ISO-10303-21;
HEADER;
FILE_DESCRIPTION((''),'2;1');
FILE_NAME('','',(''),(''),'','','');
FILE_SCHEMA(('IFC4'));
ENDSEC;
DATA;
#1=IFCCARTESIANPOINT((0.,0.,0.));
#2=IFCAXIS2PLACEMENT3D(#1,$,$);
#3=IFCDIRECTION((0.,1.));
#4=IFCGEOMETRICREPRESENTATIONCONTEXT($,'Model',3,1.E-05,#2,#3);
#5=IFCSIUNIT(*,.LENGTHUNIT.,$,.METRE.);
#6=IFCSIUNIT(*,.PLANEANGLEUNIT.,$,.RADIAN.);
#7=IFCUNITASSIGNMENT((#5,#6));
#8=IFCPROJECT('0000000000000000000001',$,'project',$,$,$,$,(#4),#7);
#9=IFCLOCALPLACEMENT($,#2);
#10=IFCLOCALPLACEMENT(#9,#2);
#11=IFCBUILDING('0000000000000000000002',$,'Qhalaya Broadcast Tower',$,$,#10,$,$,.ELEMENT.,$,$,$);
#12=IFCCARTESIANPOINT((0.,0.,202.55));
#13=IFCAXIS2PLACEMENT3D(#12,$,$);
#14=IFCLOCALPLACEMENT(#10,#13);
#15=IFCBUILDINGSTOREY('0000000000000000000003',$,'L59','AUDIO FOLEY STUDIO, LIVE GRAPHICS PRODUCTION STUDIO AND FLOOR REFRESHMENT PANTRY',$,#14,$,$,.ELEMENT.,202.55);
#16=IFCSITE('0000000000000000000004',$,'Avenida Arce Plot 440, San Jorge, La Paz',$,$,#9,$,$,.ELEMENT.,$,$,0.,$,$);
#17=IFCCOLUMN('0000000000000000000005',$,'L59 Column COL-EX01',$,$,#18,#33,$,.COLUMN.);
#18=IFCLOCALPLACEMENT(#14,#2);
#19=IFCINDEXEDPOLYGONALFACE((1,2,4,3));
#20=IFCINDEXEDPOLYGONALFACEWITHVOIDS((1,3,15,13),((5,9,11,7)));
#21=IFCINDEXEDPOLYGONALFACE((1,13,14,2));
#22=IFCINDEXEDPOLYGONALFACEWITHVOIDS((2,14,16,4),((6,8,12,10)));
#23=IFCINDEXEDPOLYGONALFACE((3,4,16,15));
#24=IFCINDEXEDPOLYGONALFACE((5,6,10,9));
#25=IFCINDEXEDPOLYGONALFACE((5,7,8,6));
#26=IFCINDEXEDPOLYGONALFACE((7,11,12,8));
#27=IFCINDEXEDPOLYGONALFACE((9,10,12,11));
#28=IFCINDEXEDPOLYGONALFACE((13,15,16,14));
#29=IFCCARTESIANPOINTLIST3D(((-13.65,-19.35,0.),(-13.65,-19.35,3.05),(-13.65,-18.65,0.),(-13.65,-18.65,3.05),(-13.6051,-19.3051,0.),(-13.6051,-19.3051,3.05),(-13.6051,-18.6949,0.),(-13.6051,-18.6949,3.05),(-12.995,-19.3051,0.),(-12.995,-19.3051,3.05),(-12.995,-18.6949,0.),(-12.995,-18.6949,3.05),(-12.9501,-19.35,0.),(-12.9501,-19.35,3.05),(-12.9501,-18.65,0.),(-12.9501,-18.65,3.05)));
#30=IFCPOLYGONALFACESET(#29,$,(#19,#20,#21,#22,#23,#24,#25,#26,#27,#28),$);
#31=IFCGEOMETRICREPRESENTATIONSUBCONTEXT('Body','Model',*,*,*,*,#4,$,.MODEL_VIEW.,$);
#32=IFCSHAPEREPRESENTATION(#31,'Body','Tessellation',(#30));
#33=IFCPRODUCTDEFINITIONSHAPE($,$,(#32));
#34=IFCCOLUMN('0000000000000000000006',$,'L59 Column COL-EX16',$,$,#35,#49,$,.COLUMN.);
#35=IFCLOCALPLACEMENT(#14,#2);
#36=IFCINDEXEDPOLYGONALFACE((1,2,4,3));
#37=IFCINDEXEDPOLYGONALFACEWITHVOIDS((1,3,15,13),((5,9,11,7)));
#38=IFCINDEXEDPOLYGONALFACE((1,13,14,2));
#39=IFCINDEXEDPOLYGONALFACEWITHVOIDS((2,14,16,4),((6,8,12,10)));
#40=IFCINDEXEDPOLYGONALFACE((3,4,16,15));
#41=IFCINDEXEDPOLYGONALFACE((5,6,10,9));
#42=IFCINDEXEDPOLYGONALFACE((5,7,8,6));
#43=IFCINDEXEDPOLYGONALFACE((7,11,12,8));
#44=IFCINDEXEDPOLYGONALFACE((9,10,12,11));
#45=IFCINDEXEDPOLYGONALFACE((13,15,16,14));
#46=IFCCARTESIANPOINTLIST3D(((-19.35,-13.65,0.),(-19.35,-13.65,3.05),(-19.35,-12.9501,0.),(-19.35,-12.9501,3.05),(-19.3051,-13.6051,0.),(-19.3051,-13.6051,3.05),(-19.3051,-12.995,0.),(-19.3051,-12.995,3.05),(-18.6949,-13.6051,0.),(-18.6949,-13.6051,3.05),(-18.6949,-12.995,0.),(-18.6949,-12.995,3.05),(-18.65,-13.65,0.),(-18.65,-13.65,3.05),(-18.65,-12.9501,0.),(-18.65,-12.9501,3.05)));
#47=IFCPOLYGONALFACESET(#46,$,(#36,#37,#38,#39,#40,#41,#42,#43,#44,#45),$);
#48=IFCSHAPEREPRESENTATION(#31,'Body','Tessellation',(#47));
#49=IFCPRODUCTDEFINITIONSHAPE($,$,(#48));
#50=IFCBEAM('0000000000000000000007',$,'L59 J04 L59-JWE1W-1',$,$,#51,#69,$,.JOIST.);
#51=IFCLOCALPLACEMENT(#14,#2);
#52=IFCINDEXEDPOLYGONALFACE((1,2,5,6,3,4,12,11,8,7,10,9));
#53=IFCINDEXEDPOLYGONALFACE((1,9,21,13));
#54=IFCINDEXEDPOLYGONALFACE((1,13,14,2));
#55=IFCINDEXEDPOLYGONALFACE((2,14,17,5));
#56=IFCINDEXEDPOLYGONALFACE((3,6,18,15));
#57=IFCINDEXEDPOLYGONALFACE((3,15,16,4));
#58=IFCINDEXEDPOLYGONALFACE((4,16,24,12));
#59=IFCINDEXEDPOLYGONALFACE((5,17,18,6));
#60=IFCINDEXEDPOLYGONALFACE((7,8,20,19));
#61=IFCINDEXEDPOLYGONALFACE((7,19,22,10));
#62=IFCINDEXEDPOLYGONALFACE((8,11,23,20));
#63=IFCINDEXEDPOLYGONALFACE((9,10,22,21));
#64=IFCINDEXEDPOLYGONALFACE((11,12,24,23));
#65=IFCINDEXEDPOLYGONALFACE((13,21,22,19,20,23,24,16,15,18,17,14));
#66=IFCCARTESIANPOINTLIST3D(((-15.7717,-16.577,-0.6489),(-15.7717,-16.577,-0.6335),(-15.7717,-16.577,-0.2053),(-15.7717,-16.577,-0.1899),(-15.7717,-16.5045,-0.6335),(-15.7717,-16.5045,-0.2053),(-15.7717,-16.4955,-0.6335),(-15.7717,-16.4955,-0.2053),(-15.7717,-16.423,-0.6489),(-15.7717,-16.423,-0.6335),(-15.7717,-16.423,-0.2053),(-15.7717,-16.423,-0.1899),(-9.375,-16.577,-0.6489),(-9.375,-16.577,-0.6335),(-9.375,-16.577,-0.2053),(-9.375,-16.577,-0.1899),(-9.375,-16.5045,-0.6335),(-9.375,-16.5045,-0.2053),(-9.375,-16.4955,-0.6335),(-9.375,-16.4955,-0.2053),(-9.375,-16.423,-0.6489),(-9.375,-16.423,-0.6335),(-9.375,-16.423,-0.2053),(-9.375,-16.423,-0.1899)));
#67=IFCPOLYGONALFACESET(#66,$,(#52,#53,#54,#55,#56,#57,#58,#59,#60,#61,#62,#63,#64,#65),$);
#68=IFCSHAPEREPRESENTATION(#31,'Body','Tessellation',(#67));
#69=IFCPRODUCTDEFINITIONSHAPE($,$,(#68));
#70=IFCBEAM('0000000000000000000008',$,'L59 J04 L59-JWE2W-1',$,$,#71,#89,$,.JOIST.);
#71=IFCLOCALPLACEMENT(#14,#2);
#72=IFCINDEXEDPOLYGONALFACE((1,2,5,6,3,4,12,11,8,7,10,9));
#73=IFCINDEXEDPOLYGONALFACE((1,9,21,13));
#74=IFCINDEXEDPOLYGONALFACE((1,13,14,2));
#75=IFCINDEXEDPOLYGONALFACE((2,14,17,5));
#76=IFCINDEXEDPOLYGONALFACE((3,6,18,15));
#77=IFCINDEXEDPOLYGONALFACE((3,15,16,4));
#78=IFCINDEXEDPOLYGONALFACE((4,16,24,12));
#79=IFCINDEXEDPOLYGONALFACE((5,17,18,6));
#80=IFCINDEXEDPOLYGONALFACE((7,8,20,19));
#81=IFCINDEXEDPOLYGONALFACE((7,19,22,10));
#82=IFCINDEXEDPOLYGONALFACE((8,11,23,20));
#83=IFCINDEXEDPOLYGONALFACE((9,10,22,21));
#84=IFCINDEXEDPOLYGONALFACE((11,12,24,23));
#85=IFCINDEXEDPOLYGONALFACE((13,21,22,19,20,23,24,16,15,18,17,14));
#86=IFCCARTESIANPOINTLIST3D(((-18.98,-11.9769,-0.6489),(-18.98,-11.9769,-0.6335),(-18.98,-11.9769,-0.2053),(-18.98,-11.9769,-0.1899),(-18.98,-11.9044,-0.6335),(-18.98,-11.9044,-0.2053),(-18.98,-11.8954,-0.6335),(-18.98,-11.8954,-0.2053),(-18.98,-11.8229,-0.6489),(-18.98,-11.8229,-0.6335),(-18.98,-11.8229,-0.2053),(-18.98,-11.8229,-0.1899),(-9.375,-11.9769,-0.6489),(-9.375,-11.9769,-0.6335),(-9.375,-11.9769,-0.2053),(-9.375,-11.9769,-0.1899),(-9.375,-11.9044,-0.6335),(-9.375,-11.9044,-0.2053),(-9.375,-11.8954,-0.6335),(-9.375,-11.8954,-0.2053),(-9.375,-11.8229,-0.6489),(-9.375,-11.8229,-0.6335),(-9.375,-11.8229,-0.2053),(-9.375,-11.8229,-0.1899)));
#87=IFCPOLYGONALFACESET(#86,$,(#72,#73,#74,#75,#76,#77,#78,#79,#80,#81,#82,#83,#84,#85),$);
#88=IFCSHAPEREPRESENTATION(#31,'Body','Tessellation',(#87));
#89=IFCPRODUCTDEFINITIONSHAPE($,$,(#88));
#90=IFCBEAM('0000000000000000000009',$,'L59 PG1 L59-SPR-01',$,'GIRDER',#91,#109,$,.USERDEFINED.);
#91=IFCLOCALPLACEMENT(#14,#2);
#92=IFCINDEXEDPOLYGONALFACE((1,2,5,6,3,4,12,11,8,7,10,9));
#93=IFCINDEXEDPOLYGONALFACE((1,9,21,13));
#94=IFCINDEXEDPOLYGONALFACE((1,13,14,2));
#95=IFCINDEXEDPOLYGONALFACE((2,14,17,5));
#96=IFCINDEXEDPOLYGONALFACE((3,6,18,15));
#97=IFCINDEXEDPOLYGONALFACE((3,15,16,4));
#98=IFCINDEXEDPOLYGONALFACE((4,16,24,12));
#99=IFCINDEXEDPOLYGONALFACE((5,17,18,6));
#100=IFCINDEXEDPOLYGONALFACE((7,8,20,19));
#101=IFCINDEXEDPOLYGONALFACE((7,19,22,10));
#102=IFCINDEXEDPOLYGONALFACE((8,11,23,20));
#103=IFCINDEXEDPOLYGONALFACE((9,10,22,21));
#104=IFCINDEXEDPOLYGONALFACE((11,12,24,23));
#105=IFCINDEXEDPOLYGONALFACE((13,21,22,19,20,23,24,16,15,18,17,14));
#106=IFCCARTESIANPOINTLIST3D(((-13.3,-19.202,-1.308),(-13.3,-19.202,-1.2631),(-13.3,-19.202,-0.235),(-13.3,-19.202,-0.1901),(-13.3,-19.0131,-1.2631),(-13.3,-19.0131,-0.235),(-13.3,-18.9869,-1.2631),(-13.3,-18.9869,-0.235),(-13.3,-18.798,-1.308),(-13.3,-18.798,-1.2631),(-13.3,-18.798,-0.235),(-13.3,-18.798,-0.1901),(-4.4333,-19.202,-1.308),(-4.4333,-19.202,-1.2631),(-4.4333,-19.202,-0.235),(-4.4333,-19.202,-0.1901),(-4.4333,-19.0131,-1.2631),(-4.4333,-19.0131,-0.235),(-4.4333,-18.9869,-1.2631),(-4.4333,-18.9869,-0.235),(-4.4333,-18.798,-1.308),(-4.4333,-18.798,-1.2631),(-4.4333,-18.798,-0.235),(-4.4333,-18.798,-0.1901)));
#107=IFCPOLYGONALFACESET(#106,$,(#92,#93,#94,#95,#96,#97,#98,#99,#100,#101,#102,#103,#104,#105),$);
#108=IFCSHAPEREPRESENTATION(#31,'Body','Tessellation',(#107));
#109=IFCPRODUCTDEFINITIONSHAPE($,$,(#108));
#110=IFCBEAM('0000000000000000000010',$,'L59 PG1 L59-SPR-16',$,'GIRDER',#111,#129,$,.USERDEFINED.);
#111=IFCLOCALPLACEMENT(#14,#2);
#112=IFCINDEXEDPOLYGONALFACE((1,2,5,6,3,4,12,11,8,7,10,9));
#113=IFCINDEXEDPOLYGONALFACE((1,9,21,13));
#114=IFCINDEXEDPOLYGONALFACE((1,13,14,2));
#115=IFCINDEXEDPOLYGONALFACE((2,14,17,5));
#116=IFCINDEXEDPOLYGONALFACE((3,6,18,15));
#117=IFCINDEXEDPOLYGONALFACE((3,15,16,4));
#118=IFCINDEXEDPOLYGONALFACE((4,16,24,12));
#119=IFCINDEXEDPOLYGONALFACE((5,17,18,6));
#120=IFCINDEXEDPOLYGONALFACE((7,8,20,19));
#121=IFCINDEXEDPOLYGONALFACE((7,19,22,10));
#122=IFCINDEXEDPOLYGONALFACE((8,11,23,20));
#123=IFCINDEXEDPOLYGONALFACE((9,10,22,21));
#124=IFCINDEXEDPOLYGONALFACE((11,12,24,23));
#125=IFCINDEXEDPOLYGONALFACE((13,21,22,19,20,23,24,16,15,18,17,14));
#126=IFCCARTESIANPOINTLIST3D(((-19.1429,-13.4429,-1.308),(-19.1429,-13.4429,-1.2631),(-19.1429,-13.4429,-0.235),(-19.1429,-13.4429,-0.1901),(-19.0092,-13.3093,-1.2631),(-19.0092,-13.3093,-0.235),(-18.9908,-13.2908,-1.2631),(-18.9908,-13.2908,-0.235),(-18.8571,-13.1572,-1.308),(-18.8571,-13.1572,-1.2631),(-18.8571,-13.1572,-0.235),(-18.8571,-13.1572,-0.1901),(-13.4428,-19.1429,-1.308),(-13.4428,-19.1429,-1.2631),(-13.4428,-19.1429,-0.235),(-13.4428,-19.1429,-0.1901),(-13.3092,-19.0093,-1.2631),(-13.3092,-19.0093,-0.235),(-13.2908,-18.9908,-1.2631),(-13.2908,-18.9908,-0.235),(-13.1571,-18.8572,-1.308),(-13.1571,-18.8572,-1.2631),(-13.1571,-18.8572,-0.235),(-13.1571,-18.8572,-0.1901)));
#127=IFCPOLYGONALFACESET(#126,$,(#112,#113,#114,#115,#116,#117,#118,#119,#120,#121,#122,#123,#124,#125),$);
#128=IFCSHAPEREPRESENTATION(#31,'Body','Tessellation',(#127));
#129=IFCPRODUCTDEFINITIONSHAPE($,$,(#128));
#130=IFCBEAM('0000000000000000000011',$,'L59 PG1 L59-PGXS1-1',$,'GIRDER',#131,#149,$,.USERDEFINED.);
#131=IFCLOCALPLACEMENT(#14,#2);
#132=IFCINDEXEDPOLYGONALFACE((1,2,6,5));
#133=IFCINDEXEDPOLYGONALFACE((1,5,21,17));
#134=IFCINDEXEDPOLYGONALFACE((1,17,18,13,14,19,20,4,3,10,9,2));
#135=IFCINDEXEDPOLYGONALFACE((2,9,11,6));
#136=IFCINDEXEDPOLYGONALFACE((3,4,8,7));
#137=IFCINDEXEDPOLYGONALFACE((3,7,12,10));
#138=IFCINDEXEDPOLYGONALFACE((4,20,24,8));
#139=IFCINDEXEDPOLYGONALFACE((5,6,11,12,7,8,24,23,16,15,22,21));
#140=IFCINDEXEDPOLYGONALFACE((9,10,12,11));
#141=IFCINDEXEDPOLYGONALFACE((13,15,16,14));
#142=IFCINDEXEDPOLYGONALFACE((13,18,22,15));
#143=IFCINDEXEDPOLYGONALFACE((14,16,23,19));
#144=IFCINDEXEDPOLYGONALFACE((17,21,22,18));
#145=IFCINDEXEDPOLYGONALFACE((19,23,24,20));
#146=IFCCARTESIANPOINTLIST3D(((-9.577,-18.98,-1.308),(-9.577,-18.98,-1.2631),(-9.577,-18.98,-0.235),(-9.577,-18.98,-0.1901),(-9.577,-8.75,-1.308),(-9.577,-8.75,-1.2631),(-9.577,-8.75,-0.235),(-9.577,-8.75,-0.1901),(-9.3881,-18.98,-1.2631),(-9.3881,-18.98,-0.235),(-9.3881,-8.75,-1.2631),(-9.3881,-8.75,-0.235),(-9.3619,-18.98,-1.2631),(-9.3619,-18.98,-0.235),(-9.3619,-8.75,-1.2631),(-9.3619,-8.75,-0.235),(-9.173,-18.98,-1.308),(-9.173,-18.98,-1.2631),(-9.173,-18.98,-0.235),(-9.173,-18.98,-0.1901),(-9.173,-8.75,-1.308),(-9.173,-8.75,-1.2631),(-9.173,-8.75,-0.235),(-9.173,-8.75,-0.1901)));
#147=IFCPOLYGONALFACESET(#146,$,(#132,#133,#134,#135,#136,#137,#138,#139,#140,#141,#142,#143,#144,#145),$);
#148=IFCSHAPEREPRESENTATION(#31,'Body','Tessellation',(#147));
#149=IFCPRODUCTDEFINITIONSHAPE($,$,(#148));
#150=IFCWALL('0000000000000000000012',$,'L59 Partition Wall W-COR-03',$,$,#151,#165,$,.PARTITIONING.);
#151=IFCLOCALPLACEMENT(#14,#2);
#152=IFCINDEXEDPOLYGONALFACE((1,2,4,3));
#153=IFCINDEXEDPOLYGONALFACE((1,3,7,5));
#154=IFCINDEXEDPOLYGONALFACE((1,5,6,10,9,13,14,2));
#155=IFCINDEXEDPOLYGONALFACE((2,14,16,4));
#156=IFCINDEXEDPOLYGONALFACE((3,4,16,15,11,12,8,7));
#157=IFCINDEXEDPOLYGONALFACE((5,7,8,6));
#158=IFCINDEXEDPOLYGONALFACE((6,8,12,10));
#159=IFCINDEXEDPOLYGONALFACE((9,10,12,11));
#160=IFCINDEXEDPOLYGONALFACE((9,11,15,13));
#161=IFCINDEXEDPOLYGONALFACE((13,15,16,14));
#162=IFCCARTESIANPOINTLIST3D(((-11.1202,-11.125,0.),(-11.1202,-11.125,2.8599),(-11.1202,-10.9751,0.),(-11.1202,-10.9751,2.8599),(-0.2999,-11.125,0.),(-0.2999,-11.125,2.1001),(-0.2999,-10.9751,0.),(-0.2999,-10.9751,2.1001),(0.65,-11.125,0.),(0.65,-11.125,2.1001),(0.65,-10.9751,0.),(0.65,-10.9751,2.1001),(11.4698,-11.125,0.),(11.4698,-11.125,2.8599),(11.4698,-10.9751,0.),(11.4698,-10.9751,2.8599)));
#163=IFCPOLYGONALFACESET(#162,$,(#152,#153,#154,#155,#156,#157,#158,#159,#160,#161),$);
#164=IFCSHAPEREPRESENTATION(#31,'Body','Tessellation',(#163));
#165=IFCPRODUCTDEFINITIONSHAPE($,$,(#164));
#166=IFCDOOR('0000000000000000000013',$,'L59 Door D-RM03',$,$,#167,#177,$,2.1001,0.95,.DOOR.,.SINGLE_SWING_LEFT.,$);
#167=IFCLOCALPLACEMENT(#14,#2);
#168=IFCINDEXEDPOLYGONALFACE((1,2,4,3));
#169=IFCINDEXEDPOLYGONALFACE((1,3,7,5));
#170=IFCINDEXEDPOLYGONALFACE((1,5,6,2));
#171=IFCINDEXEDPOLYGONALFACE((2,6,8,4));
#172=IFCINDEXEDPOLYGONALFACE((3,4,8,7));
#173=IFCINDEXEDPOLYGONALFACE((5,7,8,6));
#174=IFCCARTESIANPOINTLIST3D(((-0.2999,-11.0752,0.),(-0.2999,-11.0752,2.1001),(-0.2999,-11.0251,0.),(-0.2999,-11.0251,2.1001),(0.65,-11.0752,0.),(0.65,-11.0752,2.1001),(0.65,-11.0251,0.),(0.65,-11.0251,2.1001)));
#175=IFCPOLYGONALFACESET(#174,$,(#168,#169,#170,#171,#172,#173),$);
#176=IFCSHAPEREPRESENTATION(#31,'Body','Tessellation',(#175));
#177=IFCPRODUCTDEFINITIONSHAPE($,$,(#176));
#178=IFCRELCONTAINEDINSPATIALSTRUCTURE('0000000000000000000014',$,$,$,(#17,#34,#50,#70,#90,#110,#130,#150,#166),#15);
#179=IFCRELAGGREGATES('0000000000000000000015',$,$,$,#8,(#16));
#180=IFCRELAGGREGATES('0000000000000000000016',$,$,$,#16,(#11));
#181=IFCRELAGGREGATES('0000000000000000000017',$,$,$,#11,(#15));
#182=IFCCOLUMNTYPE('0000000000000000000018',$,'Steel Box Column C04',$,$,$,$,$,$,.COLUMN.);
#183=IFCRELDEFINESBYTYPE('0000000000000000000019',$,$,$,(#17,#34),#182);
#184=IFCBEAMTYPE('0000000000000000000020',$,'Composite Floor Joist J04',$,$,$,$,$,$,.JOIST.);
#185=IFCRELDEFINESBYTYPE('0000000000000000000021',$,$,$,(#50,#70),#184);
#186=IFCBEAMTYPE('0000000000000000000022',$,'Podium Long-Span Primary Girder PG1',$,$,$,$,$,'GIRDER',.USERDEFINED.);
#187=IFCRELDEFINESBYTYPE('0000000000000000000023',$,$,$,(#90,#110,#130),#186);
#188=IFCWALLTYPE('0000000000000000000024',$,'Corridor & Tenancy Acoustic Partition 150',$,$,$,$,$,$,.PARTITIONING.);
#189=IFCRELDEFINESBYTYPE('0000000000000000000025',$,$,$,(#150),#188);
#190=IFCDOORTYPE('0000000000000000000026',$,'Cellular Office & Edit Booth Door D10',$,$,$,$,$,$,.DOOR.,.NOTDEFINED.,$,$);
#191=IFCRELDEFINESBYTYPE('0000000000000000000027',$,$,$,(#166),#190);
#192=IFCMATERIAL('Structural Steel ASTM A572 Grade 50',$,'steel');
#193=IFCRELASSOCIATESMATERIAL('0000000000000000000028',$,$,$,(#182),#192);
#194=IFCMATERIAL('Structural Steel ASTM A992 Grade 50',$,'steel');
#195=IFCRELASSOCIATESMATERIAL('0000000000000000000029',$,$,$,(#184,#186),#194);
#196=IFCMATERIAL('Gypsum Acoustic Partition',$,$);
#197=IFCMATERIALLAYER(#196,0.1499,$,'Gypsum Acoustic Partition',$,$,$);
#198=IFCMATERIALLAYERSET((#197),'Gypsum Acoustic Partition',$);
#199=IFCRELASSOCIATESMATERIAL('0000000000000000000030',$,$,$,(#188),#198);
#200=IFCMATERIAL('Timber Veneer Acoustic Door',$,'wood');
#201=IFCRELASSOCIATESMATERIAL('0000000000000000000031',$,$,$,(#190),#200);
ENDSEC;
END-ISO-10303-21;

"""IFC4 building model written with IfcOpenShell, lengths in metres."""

from ifc_helpers import new_model, si_unit, direction, frame, frame_2d, origin, origin_2d, place, context, subcontext, project, spatial, rectangle, hollow_rectangle, i_section, extrude, material, layer, layer_set, material_profile, profile_set, type_object, element, fill, save


model = new_model("IFC4")

# Units and contexts
model_context = context("Model", 3, precision=1e-05, world=origin(), true_north=direction((0.0, 1.0)))
body_context = subcontext(model_context, "Body", "Model", "MODEL_VIEW")
ifc_project = project(units=[si_unit("LENGTHUNIT", "METRE"), si_unit("PLANEANGLEUNIT", "RADIAN")], contexts=[model_context])

# Site, building, storey
site_placement = place(None, origin())
site = spatial("IfcSite", under=ifc_project, at=site_placement, Name="Avenida Arce Plot 440, San Jorge, La Paz", CompositionType="ELEMENT", RefElevation=0.0)
building_placement = place(site_placement, origin())
building = spatial("IfcBuilding", under=site, at=building_placement, Name="Qhalaya Broadcast Tower", CompositionType="ELEMENT")
storey_placement = place(building_placement, frame((0.0, 0.0, 202.55)))
storey = spatial("IfcBuildingStorey", under=building, at=storey_placement, Name="L59", Description="AUDIO FOLEY STUDIO, LIVE GRAPHICS PRODUCTION STUDIO AND FLOOR REFRESHMENT PANTRY", CompositionType="ELEMENT", Elevation=202.55)

# Columns
ifc_material_1 = material(Name="Structural Steel ASTM A572 Grade 50", Category="steel")
ifc_material_profile_1 = material_profile(ifc_material_1, hollow_rectangle(XDim=0.7, YDim=0.7, WallThickness=0.0449, at=origin_2d()), Name="BOX 700x700x45")
ifc_profile_set_1 = profile_set([ifc_material_profile_1], Name="Structural Steel ASTM A572 Grade 50")
column_type = type_object("IfcColumnType", Name="Steel Box Column C04", PredefinedType="COLUMN", material=ifc_profile_set_1)
for number, where, z_axis, x_axis, name in (
    (1, (-13.3, -19.0, 0.0), (0.0, 0.0, 1.0), (1.0, 0.0, 0.0), "L59 Column COL-EX01"),
    (2, (-19.0, -13.3, 0.0), (0.0, 0.0, 1.0), (0.0, 1.0, 0.0), "L59 Column COL-EX16"),
):
    element("IfcColumn", number, at=place(storey_placement, frame(where, z_axis=z_axis, x_axis=x_axis)), inside=storey, type_object=column_type, Name=name, PredefinedType="COLUMN", context=body_context, shape_type="SweptSolid", body=[
        extrude(hollow_rectangle(XDim=0.7, YDim=0.7, WallThickness=0.0449, at=origin_2d()), origin(), (0.0, 0.0, 1.0), 3.05),
    ])

# Beams
ifc_material_2 = material(Name="Structural Steel ASTM A992 Grade 50", Category="steel")
ifc_material_profile_2 = material_profile(ifc_material_2, i_section(OverallWidth=0.1541, OverallDepth=0.459, WebThickness=0.009, FlangeThickness=0.0154, at=origin_2d()), Name="W18X46")
ifc_profile_set_2 = profile_set([ifc_material_profile_2], Name="Structural Steel ASTM A992 Grade 50")
beam_type_1 = type_object("IfcBeamType", Name="Composite Floor Joist J04", PredefinedType="JOIST", material=ifc_profile_set_2)
beam_1_placement = place(storey_placement, frame((-15.7717, -16.5, -0.4194), z_axis=(1.0, 0.0, 0.0), x_axis=(0.0, 1.0, 0.0)))
element("IfcBeam", 3, at=beam_1_placement, inside=storey, type_object=beam_type_1, Name="L59 J04 L59-JWE1W-1", PredefinedType="JOIST", context=body_context, shape_type="SweptSolid", body=[
    extrude(i_section(OverallWidth=0.1541, OverallDepth=0.459, WebThickness=0.009, FlangeThickness=0.0154, at=origin_2d()), origin(), (0.0, 0.0, 1.0), 6.3967),
])
beam_2_placement = place(storey_placement, frame((-18.98, -11.8999, -0.4194), z_axis=(1.0, 0.0, 0.0), x_axis=(0.0, 1.0, 0.0)))
element("IfcBeam", 4, at=beam_2_placement, inside=storey, type_object=beam_type_1, Name="L59 J04 L59-JWE2W-1", PredefinedType="JOIST", context=body_context, shape_type="SweptSolid", body=[
    extrude(i_section(OverallWidth=0.1541, OverallDepth=0.459, WebThickness=0.009, FlangeThickness=0.0154, at=origin_2d()), origin(), (0.0, 0.0, 1.0), 9.605),
])
ifc_material_profile_3 = material_profile(ifc_material_2, i_section(OverallWidth=0.4041, OverallDepth=1.1179, WebThickness=0.0261, FlangeThickness=0.0449, at=origin_2d()), Name="W44X335")
ifc_profile_set_3 = profile_set([ifc_material_profile_3], Name="Structural Steel ASTM A992 Grade 50")
beam_type_2 = type_object("IfcBeamType", Name="Podium Long-Span Primary Girder PG1", ElementType="GIRDER", PredefinedType="USERDEFINED", material=ifc_profile_set_3)
beam_3_placement = place(storey_placement, frame((-13.3, -19.0, -0.749), z_axis=(1.0, 0.0, 0.0), x_axis=(0.0, 1.0, 0.0)))
element("IfcBeam", 5, at=beam_3_placement, inside=storey, type_object=beam_type_2, Name="L59 PG1 L59-SPR-01", ObjectType="GIRDER", PredefinedType="USERDEFINED", context=body_context, shape_type="SweptSolid", body=[
    extrude(i_section(OverallWidth=0.4041, OverallDepth=1.1179, WebThickness=0.0261, FlangeThickness=0.0449, at=origin_2d()), origin(), (0.0, 0.0, 1.0), 8.8667),
])
beam_4_placement = place(storey_placement, frame((-19.0, -13.3, -0.749), z_axis=(0.707107, -0.707107, 0.0), x_axis=(0.707107, 0.707107, 0.0)))
element("IfcBeam", 6, at=beam_4_placement, inside=storey, type_object=beam_type_2, Name="L59 PG1 L59-SPR-16", ObjectType="GIRDER", PredefinedType="USERDEFINED", context=body_context, shape_type="SweptSolid", body=[
    extrude(i_section(OverallWidth=0.4041, OverallDepth=1.1179, WebThickness=0.0261, FlangeThickness=0.0449, at=origin_2d()), origin(), (0.0, 0.0, 1.0), 8.061),
])
beam_5_placement = place(storey_placement, frame((-9.375, -18.98, -0.749), z_axis=(0.0, 1.0, 0.0), x_axis=(-1.0, 0.0, 0.0)))
element("IfcBeam", 7, at=beam_5_placement, inside=storey, type_object=beam_type_2, Name="L59 PG1 L59-PGXS1-1", ObjectType="GIRDER", PredefinedType="USERDEFINED", context=body_context, shape_type="SweptSolid", body=[
    extrude(i_section(OverallWidth=0.4041, OverallDepth=1.1179, WebThickness=0.0261, FlangeThickness=0.0449, at=origin_2d()), origin(), (0.0, 0.0, 1.0), 10.23),
])

# Wall, opening, door
ifc_material_3 = material(Name="Gypsum Acoustic Partition")
ifc_layer_1 = layer(ifc_material_3, 0.1499, Name="Gypsum Acoustic Partition")
ifc_layer_set_1 = layer_set([ifc_layer_1], Name="Gypsum Acoustic Partition")
wall_type_1 = type_object("IfcWallType", Name="Corridor & Tenancy Acoustic Partition 150", PredefinedType="PARTITIONING", material=ifc_layer_set_1)
wall_1_placement = place(storey_placement, frame((-11.1201, -11.05, 0.0), z_axis=(0.0, 0.0, 1.0), x_axis=(1.0, 0.0, 0.0)))
wall_1 = element("IfcWall", 8, at=wall_1_placement, inside=storey, type_object=wall_type_1, Name="L59 Partition Wall W-COR-03", PredefinedType="PARTITIONING", context=body_context, shape_type="SweptSolid", body=[
    extrude(rectangle(XDim=22.5901, YDim=0.1499, at=frame_2d((11.2949, 0.0))), origin(), (0.0, 0.0, 1.0), 2.8599),
])
opening_1_placement = place(wall_1_placement, frame((10.8201, 0.0, 0.0)))
opening_1 = element("IfcOpeningElement", 9, at=opening_1_placement, cuts=wall_1, PredefinedType="OPENING", context=body_context, shape_type="SweptSolid", body=[
    extrude(rectangle(XDim=0.95, YDim=2.1001, at=frame_2d((0.4751, 1.05))), frame((0.0, 0.0869, 0.0), z_axis=(0.0, -1.0, 0.0), x_axis=(1.0, 0.0, 0.0)), (0.0, 0.0, 1.0), 0.1738),
])
ifc_material_4 = material(Name="Timber Veneer Acoustic Door", Category="wood")
door_type = type_object("IfcDoorType", Name="Cellular Office & Edit Booth Door D10", OperationType="NOTDEFINED", PredefinedType="DOOR", material=ifc_material_4)
door_placement = place(opening_1_placement, origin())
door = element("IfcDoor", 10, at=door_placement, inside=storey, type_object=door_type, Name="L59 Door D-RM03", OperationType="SINGLE_SWING_LEFT", OverallHeight=2.1001, OverallWidth=0.95, PredefinedType="DOOR", context=body_context, shape_type="SweptSolid", body=[
    extrude(rectangle(XDim=0.95, YDim=2.1001, at=frame_2d((0.4751, 1.05))), frame((0.0, 0.0249, 0.0), z_axis=(0.0, -1.0, 0.0), x_axis=(1.0, 0.0, 0.0)), (0.0, 0.0, 1.0), 0.05),
])
fill(opening_1, door)

save(model, "model.ifc")
